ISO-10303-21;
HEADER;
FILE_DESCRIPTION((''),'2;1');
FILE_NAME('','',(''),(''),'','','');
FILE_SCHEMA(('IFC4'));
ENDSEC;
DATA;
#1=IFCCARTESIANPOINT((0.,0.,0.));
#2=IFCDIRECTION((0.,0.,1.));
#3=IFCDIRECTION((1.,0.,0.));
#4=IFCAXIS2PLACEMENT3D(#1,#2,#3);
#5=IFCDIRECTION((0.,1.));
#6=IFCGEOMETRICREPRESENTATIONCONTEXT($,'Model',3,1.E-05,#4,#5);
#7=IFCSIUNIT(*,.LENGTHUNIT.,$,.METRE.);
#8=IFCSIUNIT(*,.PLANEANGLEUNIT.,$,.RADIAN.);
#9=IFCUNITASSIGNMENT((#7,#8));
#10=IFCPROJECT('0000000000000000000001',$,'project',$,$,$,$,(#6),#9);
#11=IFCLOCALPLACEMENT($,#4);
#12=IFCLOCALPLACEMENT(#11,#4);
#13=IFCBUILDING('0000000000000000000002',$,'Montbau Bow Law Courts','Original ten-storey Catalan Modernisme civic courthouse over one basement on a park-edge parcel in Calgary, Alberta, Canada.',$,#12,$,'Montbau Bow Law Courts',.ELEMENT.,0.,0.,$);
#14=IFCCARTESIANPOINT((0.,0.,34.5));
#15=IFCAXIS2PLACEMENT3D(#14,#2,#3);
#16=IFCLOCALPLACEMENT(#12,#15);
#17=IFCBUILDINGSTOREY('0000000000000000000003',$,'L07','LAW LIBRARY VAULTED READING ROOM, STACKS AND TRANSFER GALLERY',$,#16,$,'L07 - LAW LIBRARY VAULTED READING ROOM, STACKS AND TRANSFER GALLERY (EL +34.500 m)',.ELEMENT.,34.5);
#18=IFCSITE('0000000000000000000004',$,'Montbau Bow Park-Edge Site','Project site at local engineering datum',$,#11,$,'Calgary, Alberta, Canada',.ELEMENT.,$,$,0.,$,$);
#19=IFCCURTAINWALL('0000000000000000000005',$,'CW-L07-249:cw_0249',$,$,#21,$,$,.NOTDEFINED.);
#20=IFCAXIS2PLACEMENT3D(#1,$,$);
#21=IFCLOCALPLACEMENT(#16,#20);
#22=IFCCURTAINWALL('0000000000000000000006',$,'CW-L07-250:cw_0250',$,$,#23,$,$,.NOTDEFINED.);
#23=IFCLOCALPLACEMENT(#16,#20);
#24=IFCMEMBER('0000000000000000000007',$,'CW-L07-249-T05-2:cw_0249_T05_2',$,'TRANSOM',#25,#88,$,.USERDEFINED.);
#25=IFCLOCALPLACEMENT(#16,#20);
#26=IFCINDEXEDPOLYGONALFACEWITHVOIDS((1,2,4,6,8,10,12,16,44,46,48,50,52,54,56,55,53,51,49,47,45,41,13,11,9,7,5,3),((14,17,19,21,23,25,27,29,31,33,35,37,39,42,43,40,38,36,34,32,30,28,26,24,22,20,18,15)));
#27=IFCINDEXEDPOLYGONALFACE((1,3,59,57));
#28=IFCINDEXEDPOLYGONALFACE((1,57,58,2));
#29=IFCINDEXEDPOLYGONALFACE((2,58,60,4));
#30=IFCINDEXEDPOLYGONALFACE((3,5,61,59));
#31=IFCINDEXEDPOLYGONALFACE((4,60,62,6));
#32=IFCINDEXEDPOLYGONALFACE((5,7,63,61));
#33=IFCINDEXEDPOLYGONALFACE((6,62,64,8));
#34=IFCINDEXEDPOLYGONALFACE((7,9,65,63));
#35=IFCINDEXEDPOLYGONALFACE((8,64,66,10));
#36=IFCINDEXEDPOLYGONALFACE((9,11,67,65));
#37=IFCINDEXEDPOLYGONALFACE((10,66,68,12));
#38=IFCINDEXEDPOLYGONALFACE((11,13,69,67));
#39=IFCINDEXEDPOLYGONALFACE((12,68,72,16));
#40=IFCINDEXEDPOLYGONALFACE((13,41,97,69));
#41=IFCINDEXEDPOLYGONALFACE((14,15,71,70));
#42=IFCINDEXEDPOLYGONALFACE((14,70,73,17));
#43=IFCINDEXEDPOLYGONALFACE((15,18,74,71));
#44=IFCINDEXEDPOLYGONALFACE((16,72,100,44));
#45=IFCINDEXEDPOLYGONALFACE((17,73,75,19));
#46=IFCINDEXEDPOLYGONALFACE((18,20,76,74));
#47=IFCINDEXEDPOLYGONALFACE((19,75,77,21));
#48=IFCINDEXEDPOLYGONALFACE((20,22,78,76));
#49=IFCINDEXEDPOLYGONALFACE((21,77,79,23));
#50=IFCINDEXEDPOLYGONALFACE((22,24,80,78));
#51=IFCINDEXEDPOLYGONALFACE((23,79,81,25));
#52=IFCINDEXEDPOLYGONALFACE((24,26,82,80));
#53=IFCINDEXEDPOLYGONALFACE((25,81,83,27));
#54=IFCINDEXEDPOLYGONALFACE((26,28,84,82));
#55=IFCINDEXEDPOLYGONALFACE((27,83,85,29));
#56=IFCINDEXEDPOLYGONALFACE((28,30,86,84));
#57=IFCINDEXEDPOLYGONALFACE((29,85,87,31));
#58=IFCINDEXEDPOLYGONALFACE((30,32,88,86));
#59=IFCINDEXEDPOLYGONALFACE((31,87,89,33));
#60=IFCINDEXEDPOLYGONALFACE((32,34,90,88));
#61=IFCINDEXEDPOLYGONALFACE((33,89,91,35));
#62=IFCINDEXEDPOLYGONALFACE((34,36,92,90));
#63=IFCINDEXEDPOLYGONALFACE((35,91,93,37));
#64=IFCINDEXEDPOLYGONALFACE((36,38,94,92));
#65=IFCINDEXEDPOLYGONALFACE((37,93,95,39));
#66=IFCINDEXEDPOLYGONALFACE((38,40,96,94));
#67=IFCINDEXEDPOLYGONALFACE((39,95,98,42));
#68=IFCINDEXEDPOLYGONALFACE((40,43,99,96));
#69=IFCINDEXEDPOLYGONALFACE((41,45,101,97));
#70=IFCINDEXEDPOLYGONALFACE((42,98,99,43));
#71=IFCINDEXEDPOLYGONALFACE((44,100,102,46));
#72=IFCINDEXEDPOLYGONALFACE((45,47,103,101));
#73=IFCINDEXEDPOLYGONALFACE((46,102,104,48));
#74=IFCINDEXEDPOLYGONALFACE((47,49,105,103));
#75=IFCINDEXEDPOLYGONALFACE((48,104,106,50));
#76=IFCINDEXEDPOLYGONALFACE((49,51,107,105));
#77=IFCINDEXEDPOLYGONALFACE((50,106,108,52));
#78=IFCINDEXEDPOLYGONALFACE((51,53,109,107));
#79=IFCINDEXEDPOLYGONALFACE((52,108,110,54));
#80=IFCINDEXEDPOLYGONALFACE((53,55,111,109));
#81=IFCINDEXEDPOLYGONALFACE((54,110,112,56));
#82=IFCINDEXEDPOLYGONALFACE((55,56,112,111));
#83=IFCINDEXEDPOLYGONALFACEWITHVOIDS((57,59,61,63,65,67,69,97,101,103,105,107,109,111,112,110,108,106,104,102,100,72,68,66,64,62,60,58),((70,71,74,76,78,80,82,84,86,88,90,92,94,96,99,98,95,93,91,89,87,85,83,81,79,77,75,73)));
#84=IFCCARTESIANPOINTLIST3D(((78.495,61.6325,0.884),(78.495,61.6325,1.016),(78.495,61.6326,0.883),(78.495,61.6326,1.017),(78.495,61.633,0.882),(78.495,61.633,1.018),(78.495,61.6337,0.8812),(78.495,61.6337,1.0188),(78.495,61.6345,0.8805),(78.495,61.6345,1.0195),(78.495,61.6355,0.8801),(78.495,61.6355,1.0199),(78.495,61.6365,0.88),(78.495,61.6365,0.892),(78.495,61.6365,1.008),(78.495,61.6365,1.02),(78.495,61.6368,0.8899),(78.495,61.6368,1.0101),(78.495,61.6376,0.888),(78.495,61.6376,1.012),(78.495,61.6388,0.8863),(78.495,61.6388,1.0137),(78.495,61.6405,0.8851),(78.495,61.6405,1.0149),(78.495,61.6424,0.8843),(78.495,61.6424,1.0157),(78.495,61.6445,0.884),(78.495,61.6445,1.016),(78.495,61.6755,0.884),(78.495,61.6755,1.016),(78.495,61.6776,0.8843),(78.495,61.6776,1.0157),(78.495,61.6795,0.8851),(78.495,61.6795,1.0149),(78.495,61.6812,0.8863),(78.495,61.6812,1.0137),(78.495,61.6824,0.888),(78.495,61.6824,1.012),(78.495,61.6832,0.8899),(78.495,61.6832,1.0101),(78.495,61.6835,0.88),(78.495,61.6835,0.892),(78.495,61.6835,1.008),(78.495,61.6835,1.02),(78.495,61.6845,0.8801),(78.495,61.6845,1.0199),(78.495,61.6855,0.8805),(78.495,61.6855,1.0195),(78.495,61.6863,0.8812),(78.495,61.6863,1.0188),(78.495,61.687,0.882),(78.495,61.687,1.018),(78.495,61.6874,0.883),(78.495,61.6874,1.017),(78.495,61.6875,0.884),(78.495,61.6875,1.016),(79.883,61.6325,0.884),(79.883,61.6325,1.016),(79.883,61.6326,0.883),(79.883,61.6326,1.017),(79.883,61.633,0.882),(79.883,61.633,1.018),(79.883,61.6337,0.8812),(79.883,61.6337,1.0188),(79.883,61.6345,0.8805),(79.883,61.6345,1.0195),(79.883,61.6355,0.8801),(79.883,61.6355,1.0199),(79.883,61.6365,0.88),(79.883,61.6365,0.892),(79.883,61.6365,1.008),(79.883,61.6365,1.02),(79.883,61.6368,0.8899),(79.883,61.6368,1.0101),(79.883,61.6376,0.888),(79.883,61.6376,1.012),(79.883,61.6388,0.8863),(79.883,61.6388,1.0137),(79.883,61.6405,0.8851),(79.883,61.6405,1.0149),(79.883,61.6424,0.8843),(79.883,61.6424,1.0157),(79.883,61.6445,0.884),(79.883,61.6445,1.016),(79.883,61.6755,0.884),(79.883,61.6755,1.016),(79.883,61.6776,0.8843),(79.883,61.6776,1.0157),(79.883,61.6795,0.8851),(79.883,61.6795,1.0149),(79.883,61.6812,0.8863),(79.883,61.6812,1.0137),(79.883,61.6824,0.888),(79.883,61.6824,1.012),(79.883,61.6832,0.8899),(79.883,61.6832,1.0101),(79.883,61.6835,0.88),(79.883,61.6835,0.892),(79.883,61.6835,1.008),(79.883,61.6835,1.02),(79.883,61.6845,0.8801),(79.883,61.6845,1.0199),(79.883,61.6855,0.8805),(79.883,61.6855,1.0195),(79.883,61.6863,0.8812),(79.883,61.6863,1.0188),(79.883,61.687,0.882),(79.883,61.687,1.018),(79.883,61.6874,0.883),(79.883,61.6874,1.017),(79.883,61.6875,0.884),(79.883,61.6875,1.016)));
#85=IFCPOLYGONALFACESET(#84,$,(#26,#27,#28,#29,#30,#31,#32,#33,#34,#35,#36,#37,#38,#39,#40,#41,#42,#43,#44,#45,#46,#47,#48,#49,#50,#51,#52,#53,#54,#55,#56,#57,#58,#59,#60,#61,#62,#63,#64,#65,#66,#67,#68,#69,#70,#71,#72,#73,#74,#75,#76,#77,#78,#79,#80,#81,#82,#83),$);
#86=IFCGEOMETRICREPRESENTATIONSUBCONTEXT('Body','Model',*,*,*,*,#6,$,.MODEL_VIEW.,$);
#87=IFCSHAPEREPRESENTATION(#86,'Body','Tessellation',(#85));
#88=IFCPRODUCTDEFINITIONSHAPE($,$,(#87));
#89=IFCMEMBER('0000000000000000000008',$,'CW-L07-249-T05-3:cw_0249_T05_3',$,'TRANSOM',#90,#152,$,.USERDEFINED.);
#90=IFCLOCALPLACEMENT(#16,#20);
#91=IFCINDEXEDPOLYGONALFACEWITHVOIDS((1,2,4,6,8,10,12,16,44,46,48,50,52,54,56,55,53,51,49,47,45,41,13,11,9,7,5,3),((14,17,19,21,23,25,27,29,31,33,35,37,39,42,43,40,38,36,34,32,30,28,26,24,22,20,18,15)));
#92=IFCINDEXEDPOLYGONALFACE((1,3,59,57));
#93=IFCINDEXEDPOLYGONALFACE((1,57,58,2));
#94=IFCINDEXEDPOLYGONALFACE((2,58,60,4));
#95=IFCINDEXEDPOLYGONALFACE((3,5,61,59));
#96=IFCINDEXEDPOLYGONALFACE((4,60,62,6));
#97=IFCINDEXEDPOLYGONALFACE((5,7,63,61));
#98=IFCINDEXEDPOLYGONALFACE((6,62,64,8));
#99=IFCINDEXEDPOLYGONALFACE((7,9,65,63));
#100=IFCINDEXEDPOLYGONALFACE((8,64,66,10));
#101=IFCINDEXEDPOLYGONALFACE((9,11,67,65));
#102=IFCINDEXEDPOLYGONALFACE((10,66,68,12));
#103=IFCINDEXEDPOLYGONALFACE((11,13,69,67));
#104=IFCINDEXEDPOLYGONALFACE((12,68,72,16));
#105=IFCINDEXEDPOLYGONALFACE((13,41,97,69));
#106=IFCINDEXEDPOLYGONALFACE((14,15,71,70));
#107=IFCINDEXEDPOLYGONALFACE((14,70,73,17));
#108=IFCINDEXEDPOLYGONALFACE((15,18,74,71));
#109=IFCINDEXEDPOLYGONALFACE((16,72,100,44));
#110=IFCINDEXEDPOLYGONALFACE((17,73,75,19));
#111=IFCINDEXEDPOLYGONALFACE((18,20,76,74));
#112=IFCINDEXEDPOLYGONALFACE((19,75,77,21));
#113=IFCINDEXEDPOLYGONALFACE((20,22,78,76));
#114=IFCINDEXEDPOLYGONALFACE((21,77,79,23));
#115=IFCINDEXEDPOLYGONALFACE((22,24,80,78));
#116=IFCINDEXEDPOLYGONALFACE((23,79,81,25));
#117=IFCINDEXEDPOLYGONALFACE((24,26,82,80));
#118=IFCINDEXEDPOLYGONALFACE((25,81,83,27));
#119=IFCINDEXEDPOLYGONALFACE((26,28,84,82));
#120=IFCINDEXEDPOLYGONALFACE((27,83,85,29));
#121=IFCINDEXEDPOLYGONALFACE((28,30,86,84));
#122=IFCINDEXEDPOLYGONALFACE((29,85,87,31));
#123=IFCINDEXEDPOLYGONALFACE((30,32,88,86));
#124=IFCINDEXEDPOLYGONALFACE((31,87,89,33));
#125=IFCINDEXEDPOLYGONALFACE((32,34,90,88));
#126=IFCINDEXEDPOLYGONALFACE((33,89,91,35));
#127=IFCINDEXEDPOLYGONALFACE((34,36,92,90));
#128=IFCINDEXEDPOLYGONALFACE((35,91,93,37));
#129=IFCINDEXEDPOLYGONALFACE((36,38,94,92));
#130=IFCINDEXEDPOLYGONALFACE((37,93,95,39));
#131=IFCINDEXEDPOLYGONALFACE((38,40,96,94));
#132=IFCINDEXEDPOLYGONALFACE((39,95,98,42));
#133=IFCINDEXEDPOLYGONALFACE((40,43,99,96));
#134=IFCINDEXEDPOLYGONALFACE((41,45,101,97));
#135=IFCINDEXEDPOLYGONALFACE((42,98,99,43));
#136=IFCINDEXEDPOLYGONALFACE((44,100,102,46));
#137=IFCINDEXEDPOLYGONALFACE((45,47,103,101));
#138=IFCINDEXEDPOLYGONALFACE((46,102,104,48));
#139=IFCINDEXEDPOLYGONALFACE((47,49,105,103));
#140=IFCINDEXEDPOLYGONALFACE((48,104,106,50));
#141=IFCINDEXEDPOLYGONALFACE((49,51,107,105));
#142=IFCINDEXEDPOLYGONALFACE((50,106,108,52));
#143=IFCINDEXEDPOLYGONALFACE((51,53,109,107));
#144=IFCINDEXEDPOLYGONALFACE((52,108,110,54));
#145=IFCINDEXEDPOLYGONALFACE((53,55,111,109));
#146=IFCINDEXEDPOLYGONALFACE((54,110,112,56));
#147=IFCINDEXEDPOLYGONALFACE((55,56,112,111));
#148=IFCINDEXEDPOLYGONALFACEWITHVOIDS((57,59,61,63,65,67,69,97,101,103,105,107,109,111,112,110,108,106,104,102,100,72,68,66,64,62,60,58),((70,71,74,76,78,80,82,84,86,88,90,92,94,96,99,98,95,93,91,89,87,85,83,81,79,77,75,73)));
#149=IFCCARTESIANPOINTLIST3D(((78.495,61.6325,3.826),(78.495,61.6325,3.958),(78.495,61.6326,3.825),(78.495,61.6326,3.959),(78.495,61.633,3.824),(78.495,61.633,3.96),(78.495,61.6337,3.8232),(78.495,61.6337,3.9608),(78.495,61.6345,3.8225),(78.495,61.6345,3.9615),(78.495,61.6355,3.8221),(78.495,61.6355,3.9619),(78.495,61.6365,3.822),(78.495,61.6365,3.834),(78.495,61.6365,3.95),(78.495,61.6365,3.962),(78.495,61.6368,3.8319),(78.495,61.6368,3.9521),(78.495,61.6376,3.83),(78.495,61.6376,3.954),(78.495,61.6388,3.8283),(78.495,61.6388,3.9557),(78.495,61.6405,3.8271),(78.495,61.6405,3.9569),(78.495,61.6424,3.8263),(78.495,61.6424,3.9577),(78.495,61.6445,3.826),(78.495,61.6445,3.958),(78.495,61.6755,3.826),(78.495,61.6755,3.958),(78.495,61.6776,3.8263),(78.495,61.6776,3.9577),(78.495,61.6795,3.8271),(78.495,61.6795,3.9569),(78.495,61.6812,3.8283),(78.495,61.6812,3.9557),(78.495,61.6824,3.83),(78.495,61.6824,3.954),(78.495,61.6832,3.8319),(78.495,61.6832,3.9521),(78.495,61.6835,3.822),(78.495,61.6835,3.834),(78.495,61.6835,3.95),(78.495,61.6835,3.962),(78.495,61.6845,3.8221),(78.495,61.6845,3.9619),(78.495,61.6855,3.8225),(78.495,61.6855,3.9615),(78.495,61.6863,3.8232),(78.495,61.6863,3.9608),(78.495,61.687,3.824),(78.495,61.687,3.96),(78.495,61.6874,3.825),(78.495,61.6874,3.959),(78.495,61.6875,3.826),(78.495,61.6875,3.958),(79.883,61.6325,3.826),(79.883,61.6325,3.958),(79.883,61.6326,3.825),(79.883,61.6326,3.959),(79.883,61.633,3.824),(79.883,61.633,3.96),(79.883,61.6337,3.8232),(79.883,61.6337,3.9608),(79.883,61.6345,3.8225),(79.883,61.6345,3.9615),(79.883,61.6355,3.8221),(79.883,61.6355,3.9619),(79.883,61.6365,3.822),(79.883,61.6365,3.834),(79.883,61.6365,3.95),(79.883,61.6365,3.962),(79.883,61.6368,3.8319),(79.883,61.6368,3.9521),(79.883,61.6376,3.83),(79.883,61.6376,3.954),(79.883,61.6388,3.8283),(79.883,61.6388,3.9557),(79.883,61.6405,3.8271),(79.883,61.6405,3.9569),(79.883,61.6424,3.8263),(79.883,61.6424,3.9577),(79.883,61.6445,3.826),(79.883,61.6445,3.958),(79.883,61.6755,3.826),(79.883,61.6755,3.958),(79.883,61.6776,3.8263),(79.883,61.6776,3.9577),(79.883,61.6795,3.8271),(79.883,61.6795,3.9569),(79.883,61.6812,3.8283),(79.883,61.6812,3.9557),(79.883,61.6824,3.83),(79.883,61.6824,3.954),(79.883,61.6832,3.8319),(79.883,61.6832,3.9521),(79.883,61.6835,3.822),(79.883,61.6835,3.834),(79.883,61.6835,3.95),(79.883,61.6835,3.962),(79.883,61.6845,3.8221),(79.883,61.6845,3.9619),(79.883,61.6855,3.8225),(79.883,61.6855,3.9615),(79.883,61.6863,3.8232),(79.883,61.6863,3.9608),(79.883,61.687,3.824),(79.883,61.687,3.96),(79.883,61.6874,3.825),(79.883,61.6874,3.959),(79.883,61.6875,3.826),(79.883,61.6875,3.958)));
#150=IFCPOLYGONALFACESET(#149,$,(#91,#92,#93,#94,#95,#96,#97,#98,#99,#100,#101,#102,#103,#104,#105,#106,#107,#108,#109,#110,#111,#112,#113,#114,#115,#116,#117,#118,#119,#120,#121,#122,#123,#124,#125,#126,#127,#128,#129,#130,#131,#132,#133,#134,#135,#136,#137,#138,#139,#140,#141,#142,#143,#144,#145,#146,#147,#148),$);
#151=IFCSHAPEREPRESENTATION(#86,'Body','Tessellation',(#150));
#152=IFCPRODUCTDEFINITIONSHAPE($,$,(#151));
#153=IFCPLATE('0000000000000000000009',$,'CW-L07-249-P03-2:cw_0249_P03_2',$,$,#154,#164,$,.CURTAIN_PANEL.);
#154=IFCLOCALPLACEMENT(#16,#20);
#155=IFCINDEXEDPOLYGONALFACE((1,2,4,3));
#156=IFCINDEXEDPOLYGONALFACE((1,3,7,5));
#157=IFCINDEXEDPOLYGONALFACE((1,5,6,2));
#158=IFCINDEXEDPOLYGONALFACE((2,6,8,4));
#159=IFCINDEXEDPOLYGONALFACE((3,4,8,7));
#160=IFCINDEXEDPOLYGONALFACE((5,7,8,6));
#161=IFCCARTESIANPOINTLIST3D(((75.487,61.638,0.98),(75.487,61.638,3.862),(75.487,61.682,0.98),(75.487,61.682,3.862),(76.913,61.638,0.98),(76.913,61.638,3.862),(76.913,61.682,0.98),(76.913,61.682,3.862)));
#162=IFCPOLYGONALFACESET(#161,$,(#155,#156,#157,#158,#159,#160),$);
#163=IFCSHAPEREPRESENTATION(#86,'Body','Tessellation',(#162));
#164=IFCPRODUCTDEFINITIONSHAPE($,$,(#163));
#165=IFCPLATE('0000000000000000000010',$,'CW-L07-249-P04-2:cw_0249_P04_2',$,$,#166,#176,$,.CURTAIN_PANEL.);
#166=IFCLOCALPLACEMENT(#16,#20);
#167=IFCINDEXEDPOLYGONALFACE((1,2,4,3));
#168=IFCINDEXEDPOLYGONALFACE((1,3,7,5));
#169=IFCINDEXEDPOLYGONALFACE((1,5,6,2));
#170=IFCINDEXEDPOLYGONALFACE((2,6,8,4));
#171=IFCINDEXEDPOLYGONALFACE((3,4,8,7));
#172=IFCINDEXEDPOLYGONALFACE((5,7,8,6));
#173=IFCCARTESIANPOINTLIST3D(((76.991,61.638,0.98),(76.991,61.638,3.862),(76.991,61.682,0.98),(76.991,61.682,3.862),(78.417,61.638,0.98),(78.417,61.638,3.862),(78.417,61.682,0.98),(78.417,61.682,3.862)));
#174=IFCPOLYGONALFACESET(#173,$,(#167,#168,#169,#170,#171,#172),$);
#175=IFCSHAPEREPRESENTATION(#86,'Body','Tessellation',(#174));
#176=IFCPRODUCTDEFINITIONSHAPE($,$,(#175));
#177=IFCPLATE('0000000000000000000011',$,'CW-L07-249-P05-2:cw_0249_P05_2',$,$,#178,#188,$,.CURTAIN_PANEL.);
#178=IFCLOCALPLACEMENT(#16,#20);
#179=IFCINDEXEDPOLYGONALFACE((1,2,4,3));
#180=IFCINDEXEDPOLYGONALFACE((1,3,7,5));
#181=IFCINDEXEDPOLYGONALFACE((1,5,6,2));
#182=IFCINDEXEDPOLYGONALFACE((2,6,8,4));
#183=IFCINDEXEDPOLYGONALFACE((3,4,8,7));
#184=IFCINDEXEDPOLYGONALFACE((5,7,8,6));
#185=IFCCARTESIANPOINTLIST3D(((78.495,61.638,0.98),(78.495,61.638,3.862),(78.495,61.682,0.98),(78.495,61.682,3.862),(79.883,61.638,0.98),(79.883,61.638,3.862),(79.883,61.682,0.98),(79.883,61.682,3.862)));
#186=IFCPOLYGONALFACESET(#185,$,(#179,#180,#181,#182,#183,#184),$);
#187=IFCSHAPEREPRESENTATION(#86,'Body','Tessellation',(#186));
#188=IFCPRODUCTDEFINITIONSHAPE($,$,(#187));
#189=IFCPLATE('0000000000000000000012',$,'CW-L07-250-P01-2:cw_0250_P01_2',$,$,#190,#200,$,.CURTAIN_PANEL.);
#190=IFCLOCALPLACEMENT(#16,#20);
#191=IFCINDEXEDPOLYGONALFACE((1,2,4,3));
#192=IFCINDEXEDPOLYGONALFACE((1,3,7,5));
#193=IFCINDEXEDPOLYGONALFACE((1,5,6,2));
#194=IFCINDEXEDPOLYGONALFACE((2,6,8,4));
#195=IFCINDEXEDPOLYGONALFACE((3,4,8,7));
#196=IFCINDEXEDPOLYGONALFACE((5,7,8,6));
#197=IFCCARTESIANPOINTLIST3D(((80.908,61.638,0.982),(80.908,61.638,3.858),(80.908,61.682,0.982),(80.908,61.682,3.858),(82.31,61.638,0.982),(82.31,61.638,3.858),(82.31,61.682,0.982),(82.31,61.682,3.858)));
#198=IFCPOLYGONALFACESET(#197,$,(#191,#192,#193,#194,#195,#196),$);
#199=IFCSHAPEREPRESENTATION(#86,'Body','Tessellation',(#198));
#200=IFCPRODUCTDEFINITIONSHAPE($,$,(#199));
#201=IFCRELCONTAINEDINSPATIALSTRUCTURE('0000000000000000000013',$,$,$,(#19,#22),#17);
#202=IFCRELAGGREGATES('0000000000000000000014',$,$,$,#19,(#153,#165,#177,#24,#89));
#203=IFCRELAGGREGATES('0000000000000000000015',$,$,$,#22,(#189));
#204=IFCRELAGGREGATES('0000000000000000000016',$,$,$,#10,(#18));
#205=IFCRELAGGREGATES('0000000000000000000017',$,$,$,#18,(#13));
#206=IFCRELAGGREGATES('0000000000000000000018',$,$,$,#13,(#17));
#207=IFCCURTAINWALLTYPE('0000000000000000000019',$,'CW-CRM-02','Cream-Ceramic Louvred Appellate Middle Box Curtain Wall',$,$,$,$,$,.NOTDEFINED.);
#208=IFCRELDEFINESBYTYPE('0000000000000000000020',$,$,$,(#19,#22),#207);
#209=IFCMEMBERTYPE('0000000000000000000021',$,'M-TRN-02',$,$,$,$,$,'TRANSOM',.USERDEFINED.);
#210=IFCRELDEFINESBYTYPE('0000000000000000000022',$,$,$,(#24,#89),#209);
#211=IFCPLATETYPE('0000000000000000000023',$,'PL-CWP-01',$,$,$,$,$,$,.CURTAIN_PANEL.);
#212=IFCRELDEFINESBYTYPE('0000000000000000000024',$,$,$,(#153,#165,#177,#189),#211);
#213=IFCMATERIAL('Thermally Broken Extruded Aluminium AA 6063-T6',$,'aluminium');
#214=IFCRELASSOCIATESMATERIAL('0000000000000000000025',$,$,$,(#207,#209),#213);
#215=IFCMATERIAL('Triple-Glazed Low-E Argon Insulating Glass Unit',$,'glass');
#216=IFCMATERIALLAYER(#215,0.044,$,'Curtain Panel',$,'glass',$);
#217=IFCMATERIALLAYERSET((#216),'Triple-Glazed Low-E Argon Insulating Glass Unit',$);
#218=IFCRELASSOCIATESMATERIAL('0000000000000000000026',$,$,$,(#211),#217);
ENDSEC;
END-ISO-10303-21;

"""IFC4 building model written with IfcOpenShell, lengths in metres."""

from ifc_helpers import new_model, si_unit, direction, frame, frame_2d, origin_with_axes, origin_2d_with_axis, place, context, subcontext, project, spatial, rectangle, hollow_rectangle, extrude, material, layer, layer_set, material_profile, profile_set, type_object, element, aggregate, save


model = new_model("IFC4")

# Units and contexts
model_context = context("Model", 3, precision=1e-05, world=origin_with_axes(), true_north=direction((0.0, 1.0)))
body_context = subcontext(model_context, "Body", "Model", "MODEL_VIEW")
ifc_project = project(units=[si_unit("LENGTHUNIT", "METRE"), si_unit("PLANEANGLEUNIT", "RADIAN")], contexts=[model_context])

# Site, building, storey
site_placement = place(None, origin_with_axes())
site = spatial("IfcSite", under=ifc_project, at=site_placement, Name="Montbau Bow Park-Edge Site", Description="Project site at local engineering datum", LongName="Calgary, Alberta, Canada", CompositionType="ELEMENT", RefElevation=0.0)
building_placement = place(site_placement, origin_with_axes())
building = spatial("IfcBuilding", under=site, at=building_placement, Name="Montbau Bow Law Courts", Description="Original ten-storey Catalan Modernisme civic courthouse over one basement on a park-edge parcel in Calgary, Alberta, Canada.", LongName="Montbau Bow Law Courts", CompositionType="ELEMENT", ElevationOfRefHeight=0.0, ElevationOfTerrain=0.0)
storey_placement = place(building_placement, frame((0.0, 0.0, 34.5), z_axis=(0.0, 0.0, 1.0), x_axis=(1.0, 0.0, 0.0)))
storey = spatial("IfcBuildingStorey", under=building, at=storey_placement, Name="L07", Description="LAW LIBRARY VAULTED READING ROOM, STACKS AND TRANSFER GALLERY", LongName="L07 - LAW LIBRARY VAULTED READING ROOM, STACKS AND TRANSFER GALLERY (EL +34.500 m)", CompositionType="ELEMENT", Elevation=34.5)

# Curtain walls
ifc_material_1 = material(Name="Thermally Broken Extruded Aluminium AA 6063-T6", Category="aluminium")
curtain_wall_type = type_object("IfcCurtainWallType", Name="CW-CRM-02", Description="Cream-Ceramic Louvred Appellate Middle Box Curtain Wall", PredefinedType="NOTDEFINED", material=ifc_material_1)
curtain_wall_1_placement = place(None, frame((72.44, 61.66, 34.5), z_axis=(0.0, 0.0, 1.0), x_axis=(1.0, 0.0, 0.0)))
curtain_wall_1 = element("IfcCurtainWall", 1, at=curtain_wall_1_placement, inside=storey, type_object=curtain_wall_type, Name="CW-L07-249:cw_0249", PredefinedType="NOTDEFINED")
curtain_wall_2_placement = place(None, frame((80.84, 61.66, 34.5), z_axis=(0.0, 0.0, 1.0), x_axis=(1.0, 0.0, 0.0)))
curtain_wall_2 = element("IfcCurtainWall", 2, at=curtain_wall_2_placement, inside=storey, type_object=curtain_wall_type, Name="CW-L07-250:cw_0250", PredefinedType="NOTDEFINED")

# Members
ifc_material_profile_1 = material_profile(ifc_material_1, hollow_rectangle(XDim=0.055, YDim=0.14, WallThickness=0.004, InnerFilletRadius=0.008, OuterFilletRadius=0.004, at=origin_2d_with_axis()), Name="CWT-140X55", Category="Main", Priority=0)
ifc_profile_set_1 = profile_set([ifc_material_profile_1], Name="Thermally Broken Extruded Aluminium AA 6063-T6")
member_type_1 = type_object("IfcMemberType", Name="M-TRN-02", ElementType="TRANSOM", PredefinedType="USERDEFINED", material=ifc_profile_set_1)
member_1_placement = place(None, frame((78.495, 61.66, 35.45), z_axis=(1.0, 0.0, 0.0), x_axis=(0.0, 1.0, 0.0)))
member_1 = element("IfcMember", 3, at=member_1_placement, type_object=member_type_1, Name="CW-L07-249-T05-2:cw_0249_T05_2", ObjectType="TRANSOM", PredefinedType="USERDEFINED", context=body_context, shape_type="SweptSolid", body=[
    extrude(hollow_rectangle(XDim=0.055, YDim=0.14, WallThickness=0.004, InnerFilletRadius=0.008, OuterFilletRadius=0.004, at=origin_2d_with_axis()), origin_with_axes(), (0.0, 0.0, 1.0), 1.388),
])
member_2_placement = place(None, frame((78.495, 61.66, 38.392), z_axis=(1.0, 0.0, 0.0), x_axis=(0.0, 1.0, 0.0)))
member_2 = element("IfcMember", 4, at=member_2_placement, type_object=member_type_1, Name="CW-L07-249-T05-3:cw_0249_T05_3", ObjectType="TRANSOM", PredefinedType="USERDEFINED", context=body_context, shape_type="SweptSolid", body=[
    extrude(hollow_rectangle(XDim=0.055, YDim=0.14, WallThickness=0.004, InnerFilletRadius=0.008, OuterFilletRadius=0.004, at=origin_2d_with_axis()), origin_with_axes(), (0.0, 0.0, 1.0), 1.388),
])

# Plates
ifc_material_2 = material(Name="Triple-Glazed Low-E Argon Insulating Glass Unit", Category="glass")
ifc_layer_1 = layer(ifc_material_2, 0.044, Name="Curtain Panel", Category="glass")
ifc_layer_set_1 = layer_set([ifc_layer_1], Name="Triple-Glazed Low-E Argon Insulating Glass Unit")
plate_type_1 = type_object("IfcPlateType", Name="PL-CWP-01", PredefinedType="CURTAIN_PANEL", material=ifc_layer_set_1)
plate_1_placement = place(None, frame((75.487, 61.66, 35.48), z_axis=(0.0, -1.0, 0.0), x_axis=(1.0, 0.0, 0.0)))
plate_1 = element("IfcPlate", 5, at=plate_1_placement, type_object=plate_type_1, Name="CW-L07-249-P03-2:cw_0249_P03_2", PredefinedType="CURTAIN_PANEL", context=body_context, shape_type="SweptSolid", body=[
    extrude(rectangle(XDim=1.426, YDim=2.882, at=frame_2d((0.713, 1.441), x_axis=(1.0, 0.0))), frame((0.0, 0.0, -0.022), z_axis=(0.0, 0.0, 1.0), x_axis=(1.0, 0.0, 0.0)), (0.0, 0.0, 1.0), 0.044),
])
plate_2_placement = place(None, frame((76.991, 61.66, 35.48), z_axis=(0.0, -1.0, 0.0), x_axis=(1.0, 0.0, 0.0)))
plate_2 = element("IfcPlate", 6, at=plate_2_placement, type_object=plate_type_1, Name="CW-L07-249-P04-2:cw_0249_P04_2", PredefinedType="CURTAIN_PANEL", context=body_context, shape_type="SweptSolid", body=[
    extrude(rectangle(XDim=1.426, YDim=2.882, at=frame_2d((0.713, 1.441), x_axis=(1.0, 0.0))), frame((0.0, 0.0, -0.022), z_axis=(0.0, 0.0, 1.0), x_axis=(1.0, 0.0, 0.0)), (0.0, 0.0, 1.0), 0.044),
])
plate_3_placement = place(None, frame((78.495, 61.66, 35.48), z_axis=(0.0, -1.0, 0.0), x_axis=(1.0, 0.0, 0.0)))
plate_3 = element("IfcPlate", 7, at=plate_3_placement, type_object=plate_type_1, Name="CW-L07-249-P05-2:cw_0249_P05_2", PredefinedType="CURTAIN_PANEL", context=body_context, shape_type="SweptSolid", body=[
    extrude(rectangle(XDim=1.388, YDim=2.882, at=frame_2d((0.694, 1.441), x_axis=(1.0, 0.0))), frame((0.0, 0.0, -0.022), z_axis=(0.0, 0.0, 1.0), x_axis=(1.0, 0.0, 0.0)), (0.0, 0.0, 1.0), 0.044),
])
plate_4_placement = place(None, frame((80.908, 61.66, 35.482), z_axis=(0.0, -1.0, 0.0), x_axis=(1.0, 0.0, 0.0)))
plate_4 = element("IfcPlate", 8, at=plate_4_placement, type_object=plate_type_1, Name="CW-L07-250-P01-2:cw_0250_P01_2", PredefinedType="CURTAIN_PANEL", context=body_context, shape_type="SweptSolid", body=[
    extrude(rectangle(XDim=1.402, YDim=2.876, at=frame_2d((0.701, 1.438), x_axis=(1.0, 0.0))), frame((0.0, 0.0, -0.022), z_axis=(0.0, 0.0, 1.0), x_axis=(1.0, 0.0, 0.0)), (0.0, 0.0, 1.0), 0.044),
])
aggregate(curtain_wall_1, [plate_1, plate_2, plate_3, member_1, member_2])
aggregate(curtain_wall_2, [plate_4])

save(model, "model.ifc")
